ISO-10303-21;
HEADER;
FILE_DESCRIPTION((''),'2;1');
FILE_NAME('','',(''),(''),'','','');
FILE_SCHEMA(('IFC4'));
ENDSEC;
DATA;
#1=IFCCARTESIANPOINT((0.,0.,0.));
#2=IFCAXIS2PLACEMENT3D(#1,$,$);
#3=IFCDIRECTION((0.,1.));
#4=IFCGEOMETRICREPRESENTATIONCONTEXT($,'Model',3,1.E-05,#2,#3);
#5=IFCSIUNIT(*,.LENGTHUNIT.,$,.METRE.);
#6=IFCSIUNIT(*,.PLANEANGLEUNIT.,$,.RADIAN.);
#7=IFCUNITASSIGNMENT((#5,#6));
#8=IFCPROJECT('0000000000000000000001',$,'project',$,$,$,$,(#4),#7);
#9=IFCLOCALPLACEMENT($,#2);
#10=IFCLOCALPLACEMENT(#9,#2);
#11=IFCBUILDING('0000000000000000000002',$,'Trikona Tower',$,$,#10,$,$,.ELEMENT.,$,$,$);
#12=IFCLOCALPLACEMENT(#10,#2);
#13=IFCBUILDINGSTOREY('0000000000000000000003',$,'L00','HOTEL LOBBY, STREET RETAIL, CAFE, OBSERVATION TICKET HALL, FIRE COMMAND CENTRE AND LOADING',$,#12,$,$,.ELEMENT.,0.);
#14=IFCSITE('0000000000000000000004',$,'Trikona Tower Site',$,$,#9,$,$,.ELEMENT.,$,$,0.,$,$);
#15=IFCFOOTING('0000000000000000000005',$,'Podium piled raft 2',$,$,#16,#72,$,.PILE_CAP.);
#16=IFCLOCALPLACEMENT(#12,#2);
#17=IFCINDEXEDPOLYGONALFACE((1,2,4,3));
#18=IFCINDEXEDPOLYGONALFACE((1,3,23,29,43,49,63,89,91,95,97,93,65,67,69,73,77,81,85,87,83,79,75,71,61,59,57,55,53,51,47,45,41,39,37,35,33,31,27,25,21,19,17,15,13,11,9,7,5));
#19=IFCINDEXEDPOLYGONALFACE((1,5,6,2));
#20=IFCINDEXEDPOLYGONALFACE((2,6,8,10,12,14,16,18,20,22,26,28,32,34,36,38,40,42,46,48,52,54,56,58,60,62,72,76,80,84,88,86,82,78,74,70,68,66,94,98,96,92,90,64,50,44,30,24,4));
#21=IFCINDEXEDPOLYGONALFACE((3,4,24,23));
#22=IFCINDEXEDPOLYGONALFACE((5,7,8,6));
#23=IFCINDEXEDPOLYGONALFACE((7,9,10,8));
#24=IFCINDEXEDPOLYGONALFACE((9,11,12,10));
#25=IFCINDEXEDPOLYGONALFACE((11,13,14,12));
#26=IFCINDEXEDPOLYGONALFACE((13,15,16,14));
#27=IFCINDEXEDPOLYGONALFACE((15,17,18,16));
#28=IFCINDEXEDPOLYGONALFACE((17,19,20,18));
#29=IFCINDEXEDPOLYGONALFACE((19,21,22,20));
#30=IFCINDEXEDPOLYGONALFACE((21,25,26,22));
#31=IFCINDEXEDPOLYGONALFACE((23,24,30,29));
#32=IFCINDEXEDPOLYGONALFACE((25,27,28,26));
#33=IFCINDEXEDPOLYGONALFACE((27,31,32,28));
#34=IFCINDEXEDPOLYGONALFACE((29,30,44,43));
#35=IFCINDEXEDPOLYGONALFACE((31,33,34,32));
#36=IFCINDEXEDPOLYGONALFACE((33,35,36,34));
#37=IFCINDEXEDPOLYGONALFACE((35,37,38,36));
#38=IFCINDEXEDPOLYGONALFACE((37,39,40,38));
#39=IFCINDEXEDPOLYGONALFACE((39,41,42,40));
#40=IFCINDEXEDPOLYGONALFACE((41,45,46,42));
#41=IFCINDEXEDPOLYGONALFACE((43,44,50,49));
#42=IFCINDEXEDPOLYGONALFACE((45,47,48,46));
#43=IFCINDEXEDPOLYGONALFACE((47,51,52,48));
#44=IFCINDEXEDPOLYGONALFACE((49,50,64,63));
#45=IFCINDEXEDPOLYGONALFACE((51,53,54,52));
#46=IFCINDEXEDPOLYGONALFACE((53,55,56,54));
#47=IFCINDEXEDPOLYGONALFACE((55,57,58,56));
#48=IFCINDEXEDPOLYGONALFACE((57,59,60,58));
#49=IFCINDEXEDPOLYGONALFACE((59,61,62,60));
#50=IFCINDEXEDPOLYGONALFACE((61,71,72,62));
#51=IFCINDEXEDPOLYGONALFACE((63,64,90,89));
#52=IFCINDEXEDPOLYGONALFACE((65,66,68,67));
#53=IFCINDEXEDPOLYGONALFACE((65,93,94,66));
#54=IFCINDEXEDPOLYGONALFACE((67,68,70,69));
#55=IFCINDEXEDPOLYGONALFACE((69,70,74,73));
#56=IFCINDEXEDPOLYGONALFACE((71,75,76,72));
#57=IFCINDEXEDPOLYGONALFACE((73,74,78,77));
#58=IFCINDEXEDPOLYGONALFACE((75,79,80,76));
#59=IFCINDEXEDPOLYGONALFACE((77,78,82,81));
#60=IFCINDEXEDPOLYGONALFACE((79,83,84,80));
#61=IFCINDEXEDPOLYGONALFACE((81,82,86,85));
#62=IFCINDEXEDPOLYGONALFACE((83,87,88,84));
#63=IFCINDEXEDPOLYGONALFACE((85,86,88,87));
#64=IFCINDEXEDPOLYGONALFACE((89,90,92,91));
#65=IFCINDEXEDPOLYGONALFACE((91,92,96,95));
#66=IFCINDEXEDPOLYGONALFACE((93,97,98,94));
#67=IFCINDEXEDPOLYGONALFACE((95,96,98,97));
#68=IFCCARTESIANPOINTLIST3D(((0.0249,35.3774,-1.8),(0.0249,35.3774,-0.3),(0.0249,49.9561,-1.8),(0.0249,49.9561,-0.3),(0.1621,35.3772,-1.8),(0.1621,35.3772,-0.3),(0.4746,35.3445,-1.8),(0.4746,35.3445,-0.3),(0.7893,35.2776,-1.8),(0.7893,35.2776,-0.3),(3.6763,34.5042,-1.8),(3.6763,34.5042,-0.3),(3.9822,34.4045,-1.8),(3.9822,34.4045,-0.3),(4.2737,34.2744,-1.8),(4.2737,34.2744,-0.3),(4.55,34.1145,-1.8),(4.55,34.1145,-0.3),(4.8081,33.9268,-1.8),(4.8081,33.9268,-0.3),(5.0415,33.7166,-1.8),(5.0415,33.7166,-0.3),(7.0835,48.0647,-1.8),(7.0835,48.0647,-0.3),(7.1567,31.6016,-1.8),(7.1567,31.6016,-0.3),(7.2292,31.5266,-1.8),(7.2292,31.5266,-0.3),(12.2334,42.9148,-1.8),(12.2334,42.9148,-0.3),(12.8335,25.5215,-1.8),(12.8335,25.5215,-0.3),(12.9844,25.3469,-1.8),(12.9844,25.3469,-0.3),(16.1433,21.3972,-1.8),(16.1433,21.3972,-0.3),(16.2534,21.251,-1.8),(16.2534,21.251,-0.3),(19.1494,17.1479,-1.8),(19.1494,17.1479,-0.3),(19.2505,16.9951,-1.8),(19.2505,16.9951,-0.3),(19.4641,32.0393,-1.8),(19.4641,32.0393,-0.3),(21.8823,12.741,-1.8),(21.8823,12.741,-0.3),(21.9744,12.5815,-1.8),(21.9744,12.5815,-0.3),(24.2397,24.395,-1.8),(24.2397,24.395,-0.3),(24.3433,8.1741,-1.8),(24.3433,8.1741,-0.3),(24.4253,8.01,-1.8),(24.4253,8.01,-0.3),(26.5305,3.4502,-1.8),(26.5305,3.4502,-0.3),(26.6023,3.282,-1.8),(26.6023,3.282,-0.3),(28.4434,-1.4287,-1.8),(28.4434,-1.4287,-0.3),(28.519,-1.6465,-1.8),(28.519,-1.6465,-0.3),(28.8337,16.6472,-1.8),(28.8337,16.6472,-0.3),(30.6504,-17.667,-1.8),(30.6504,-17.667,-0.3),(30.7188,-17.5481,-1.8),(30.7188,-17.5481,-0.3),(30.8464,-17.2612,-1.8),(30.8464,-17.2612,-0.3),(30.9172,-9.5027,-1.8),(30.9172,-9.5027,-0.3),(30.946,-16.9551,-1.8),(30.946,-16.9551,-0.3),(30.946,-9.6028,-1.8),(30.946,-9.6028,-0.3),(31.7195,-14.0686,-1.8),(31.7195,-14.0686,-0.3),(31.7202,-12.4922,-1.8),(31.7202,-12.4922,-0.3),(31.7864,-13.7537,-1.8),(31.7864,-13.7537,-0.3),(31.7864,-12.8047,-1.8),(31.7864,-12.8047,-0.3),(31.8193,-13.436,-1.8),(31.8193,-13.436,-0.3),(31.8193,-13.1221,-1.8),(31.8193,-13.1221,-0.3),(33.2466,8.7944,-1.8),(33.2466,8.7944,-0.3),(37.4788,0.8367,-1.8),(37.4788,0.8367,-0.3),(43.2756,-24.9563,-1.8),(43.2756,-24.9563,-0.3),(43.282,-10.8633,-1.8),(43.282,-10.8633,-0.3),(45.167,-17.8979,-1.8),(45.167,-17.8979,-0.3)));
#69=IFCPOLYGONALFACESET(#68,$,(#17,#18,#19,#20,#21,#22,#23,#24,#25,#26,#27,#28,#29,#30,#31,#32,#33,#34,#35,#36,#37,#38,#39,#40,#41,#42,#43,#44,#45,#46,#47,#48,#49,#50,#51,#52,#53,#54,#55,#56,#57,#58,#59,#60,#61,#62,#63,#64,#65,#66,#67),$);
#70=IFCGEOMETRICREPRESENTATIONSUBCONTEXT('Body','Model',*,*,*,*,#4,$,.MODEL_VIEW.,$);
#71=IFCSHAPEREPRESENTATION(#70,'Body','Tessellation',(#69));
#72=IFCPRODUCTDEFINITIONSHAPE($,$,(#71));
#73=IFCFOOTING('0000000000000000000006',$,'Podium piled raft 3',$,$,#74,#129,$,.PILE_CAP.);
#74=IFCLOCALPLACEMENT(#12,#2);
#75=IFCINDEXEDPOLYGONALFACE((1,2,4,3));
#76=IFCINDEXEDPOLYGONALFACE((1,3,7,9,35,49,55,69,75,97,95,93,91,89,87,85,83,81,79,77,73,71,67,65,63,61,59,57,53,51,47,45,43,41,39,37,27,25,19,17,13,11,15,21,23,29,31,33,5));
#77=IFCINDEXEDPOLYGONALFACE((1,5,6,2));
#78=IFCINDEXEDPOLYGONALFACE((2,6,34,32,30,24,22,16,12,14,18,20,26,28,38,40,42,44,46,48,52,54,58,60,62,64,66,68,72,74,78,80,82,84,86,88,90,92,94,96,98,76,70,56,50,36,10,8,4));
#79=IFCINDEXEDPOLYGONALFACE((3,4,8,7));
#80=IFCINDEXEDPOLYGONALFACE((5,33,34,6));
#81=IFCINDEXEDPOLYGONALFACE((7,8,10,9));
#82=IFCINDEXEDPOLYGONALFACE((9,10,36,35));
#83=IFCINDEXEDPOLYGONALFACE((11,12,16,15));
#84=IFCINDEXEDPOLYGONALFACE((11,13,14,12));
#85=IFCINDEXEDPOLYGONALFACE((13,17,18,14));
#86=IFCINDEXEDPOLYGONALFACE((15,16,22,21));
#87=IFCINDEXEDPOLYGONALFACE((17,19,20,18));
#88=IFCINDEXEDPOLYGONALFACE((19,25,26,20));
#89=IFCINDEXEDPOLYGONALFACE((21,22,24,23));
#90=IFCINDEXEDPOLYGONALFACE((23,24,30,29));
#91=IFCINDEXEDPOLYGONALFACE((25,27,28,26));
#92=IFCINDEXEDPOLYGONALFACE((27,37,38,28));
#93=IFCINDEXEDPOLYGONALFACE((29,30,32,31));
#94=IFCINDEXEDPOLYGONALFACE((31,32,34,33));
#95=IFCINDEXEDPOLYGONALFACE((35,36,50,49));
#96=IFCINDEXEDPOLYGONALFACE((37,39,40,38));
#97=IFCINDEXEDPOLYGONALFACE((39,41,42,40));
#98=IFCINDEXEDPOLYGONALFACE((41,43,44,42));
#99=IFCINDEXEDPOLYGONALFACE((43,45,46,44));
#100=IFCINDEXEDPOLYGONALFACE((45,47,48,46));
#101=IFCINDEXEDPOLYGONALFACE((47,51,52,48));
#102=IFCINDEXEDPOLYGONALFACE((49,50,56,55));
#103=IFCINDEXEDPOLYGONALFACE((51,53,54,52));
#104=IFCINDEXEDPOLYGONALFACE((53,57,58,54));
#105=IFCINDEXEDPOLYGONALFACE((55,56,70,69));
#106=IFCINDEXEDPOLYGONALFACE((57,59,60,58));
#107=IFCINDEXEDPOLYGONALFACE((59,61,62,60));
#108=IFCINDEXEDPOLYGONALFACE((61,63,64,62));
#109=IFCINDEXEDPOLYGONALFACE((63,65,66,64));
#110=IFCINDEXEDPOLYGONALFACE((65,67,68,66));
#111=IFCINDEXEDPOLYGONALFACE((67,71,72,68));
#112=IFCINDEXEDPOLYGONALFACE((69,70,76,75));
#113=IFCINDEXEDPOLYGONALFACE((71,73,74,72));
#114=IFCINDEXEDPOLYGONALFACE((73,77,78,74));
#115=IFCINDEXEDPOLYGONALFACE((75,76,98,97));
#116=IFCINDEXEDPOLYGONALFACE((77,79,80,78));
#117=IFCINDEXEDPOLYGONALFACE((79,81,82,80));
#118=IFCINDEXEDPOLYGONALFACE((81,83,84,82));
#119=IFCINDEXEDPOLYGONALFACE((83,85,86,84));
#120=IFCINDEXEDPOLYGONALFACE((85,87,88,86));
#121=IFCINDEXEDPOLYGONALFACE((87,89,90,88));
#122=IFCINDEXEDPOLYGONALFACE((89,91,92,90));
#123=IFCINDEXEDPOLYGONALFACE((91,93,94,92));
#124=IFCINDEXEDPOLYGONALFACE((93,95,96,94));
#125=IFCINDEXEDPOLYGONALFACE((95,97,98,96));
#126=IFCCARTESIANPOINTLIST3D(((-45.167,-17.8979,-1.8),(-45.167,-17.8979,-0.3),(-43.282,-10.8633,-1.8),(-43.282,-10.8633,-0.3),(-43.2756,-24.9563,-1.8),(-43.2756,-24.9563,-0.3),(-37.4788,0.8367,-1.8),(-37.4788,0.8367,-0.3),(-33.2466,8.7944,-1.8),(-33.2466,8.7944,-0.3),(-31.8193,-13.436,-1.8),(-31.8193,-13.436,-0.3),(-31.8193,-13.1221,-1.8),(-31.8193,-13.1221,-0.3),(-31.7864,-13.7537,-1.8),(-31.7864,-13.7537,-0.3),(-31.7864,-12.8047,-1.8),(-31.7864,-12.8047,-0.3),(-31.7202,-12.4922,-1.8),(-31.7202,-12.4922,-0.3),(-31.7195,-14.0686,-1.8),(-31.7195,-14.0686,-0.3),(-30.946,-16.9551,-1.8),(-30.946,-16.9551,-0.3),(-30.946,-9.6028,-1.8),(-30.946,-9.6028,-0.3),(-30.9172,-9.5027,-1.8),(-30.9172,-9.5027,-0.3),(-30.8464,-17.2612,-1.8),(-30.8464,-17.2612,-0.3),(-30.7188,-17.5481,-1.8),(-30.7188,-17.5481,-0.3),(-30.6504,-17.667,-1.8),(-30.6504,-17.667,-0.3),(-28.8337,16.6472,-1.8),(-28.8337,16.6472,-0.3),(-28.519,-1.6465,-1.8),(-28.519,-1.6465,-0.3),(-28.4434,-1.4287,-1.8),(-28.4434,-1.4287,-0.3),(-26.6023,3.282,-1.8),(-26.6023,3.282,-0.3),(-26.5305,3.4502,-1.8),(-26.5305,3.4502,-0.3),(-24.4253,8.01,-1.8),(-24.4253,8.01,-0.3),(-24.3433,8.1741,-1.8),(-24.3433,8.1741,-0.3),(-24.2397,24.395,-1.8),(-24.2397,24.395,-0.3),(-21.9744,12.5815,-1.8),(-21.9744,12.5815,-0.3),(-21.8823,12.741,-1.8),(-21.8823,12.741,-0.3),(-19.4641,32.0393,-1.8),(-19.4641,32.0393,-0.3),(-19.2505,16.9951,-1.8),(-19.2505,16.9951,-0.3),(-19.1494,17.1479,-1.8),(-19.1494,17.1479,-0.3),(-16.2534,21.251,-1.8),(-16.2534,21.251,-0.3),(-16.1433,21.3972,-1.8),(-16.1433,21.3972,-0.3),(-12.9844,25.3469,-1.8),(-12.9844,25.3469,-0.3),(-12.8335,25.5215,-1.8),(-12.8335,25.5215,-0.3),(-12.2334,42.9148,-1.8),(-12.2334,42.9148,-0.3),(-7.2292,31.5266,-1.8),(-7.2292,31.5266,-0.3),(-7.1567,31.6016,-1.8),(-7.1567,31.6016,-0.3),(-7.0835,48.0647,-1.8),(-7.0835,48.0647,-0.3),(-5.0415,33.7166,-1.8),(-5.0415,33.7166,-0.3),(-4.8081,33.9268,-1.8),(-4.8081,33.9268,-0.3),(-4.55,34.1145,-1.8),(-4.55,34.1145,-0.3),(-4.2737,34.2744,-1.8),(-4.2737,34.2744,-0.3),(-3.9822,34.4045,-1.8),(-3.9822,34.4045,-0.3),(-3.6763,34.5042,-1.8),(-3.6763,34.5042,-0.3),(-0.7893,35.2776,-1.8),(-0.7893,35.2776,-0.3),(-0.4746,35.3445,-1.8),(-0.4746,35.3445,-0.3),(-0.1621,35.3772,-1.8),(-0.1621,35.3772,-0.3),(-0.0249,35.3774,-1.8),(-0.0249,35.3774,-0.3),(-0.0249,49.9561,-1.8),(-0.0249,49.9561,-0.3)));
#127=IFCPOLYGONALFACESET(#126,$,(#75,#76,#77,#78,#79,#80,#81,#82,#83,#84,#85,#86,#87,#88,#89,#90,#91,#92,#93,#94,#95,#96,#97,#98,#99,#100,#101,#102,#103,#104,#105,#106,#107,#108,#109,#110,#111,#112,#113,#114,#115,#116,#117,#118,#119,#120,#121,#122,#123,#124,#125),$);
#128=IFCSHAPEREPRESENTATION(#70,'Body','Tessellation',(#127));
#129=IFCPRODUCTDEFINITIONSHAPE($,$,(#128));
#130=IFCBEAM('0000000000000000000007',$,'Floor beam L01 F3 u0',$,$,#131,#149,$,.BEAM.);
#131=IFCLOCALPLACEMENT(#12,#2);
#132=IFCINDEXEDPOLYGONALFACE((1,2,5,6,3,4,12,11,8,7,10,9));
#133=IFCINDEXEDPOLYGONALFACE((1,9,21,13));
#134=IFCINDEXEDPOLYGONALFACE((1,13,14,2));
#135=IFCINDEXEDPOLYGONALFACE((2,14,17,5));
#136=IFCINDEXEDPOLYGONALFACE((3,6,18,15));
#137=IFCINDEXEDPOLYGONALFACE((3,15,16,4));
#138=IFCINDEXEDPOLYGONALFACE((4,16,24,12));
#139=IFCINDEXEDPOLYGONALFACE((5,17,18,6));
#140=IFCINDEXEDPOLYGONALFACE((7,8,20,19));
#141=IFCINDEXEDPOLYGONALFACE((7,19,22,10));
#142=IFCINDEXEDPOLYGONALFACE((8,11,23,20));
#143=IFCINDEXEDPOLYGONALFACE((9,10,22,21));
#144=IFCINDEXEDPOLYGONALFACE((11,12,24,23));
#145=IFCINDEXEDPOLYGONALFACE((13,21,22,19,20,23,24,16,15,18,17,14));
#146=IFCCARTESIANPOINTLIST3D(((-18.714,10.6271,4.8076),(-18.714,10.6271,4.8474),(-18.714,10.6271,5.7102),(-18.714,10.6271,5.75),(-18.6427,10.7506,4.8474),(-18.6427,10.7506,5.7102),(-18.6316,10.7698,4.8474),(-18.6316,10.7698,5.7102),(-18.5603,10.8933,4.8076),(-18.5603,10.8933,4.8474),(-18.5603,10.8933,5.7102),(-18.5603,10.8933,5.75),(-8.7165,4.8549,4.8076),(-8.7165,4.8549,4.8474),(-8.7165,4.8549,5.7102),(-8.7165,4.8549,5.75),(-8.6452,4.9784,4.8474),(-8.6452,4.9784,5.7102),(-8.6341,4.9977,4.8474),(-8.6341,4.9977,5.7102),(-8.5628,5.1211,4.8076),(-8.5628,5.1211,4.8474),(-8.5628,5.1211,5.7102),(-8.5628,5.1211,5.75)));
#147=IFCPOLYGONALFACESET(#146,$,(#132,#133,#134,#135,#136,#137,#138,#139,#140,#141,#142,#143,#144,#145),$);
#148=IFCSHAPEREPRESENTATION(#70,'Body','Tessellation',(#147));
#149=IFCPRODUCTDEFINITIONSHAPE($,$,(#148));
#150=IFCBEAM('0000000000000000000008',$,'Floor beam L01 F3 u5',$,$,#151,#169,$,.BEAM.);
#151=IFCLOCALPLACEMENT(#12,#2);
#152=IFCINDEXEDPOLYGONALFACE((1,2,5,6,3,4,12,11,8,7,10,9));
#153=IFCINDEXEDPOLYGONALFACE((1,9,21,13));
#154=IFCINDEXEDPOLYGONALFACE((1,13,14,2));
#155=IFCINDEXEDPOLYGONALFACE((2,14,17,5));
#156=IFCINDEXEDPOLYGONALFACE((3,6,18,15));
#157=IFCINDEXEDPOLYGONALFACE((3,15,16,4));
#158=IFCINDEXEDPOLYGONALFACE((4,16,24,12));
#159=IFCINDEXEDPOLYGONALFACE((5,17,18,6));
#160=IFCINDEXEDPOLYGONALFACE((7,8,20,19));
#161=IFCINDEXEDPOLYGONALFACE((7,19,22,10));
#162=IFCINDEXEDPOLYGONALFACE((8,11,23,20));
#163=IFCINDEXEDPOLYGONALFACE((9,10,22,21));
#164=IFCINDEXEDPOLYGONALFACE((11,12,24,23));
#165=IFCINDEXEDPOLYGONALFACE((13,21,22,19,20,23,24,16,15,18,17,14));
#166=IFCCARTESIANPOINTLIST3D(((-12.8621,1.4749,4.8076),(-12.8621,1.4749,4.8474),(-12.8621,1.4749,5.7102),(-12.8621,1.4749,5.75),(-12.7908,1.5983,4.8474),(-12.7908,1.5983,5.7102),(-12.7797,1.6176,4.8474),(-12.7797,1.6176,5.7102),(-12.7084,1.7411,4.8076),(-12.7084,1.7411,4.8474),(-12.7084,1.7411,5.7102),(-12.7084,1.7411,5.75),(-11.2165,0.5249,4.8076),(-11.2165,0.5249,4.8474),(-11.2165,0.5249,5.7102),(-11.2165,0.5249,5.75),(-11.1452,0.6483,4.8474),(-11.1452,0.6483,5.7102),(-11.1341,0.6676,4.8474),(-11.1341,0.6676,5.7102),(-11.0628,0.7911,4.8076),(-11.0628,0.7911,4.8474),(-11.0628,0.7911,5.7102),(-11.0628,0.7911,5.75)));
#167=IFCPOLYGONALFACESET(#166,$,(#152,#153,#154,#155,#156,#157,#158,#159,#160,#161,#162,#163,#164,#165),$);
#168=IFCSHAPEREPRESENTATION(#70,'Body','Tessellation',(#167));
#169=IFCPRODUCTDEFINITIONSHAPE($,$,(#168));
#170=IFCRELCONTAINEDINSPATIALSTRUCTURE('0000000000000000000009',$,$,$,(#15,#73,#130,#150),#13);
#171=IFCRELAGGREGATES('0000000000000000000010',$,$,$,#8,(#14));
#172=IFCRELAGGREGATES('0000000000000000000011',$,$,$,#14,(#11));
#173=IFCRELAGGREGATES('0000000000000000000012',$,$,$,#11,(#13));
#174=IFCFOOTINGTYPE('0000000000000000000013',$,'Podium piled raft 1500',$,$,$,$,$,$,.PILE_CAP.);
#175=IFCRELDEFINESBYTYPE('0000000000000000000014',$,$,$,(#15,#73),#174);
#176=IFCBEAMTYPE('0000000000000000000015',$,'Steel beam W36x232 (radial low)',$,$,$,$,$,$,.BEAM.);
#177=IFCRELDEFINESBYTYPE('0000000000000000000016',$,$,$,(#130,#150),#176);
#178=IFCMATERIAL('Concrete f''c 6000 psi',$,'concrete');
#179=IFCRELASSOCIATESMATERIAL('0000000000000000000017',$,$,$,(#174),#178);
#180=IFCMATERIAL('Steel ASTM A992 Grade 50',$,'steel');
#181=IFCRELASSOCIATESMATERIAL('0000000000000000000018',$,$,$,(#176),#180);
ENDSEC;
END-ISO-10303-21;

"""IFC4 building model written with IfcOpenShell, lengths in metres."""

from ifc_helpers import new_model, si_unit, direction, frame, origin, origin_2d, place, context, subcontext, project, spatial, polyline, i_section, outline, extrude, material, material_profile, profile_set, type_object, element, save


model = new_model("IFC4")

# Units and contexts
model_context = context("Model", 3, precision=1e-05, world=origin(), true_north=direction((0.0, 1.0)))
body_context = subcontext(model_context, "Body", "Model", "MODEL_VIEW")
ifc_project = project(units=[si_unit("LENGTHUNIT", "METRE"), si_unit("PLANEANGLEUNIT", "RADIAN")], contexts=[model_context])

# Site, building, storey
site_placement = place(None, origin())
site = spatial("IfcSite", under=ifc_project, at=site_placement, Name="Trikona Tower Site", CompositionType="ELEMENT", RefElevation=0.0)
building_placement = place(site_placement, origin())
building = spatial("IfcBuilding", under=site, at=building_placement, Name="Trikona Tower", CompositionType="ELEMENT")
storey_placement = place(building_placement, origin())
storey = spatial("IfcBuildingStorey", under=building, at=storey_placement, Name="L00", Description="HOTEL LOBBY, STREET RETAIL, CAFE, OBSERVATION TICKET HALL, FIRE COMMAND CENTRE AND LOADING", CompositionType="ELEMENT", Elevation=0.0)

# Footings
ifc_material_1 = material(Name="Concrete f'c 6000 psi", Category="concrete")
footing_type_1 = type_object("IfcFootingType", Name="Podium piled raft 1500", PredefinedType="PILE_CAP", material=ifc_material_1)
footing_1_placement = place(storey_placement, frame((0.0, 0.0, -1.8)))
element("IfcFooting", 1, at=footing_1_placement, inside=storey, type_object=footing_type_1, Name="Podium piled raft 2", PredefinedType="PILE_CAP", context=body_context, shape_type="SweptSolid", body=[
    extrude(outline(polyline([(7.0835, 48.0647), (0.0249, 49.9561), (0.0249, 35.3774), (0.1621, 35.3772), (0.4746, 35.3445), (0.7893, 35.2776), (3.6763, 34.5042), (3.9822, 34.4045), (4.2737, 34.2744), (4.55, 34.1145), (4.8081, 33.9268), (5.0415, 33.7166), (7.1567, 31.6016), (7.2292, 31.5266), (12.8335, 25.5215), (12.9844, 25.3469), (16.1433, 21.3972), (16.2534, 21.251), (19.1494, 17.1479), (19.2505, 16.9951), (21.8823, 12.741), (21.9744, 12.5815), (24.3433, 8.1741), (24.4253, 8.01), (26.5305, 3.4502), (26.6023, 3.282), (28.4434, -1.4287), (28.519, -1.6465), (30.9172, -9.5027), (30.946, -9.6028), (31.7202, -12.4922), (31.7864, -12.8047), (31.8193, -13.1221), (31.8193, -13.436), (31.7864, -13.7537), (31.7195, -14.0686), (30.946, -16.9551), (30.8464, -17.2612), (30.7188, -17.5481), (30.6504, -17.667), (43.2756, -24.9563), (45.167, -17.8979), (43.282, -10.8633), (37.4788, 0.8367), (33.2466, 8.7944), (28.8337, 16.6472), (24.2397, 24.395), (19.4641, 32.0393), (12.2334, 42.9148), (7.0835, 48.0647)])), origin(), (0.0, 0.0, 1.0), 1.5),
])
footing_2_placement = place(storey_placement, frame((0.0, 0.0, -1.8)))
element("IfcFooting", 2, at=footing_2_placement, inside=storey, type_object=footing_type_1, Name="Podium piled raft 3", PredefinedType="PILE_CAP", context=body_context, shape_type="SweptSolid", body=[
    extrude(outline(polyline([(-45.167, -17.8979), (-43.2756, -24.9563), (-30.6504, -17.667), (-30.7188, -17.5481), (-30.8464, -17.2612), (-30.946, -16.9551), (-31.7195, -14.0686), (-31.7864, -13.7537), (-31.8193, -13.436), (-31.8193, -13.1221), (-31.7864, -12.8047), (-31.7202, -12.4922), (-30.946, -9.6028), (-30.9172, -9.5027), (-28.519, -1.6465), (-28.4434, -1.4287), (-26.6023, 3.282), (-26.5305, 3.4502), (-24.4253, 8.01), (-24.3433, 8.1741), (-21.9744, 12.5815), (-21.8823, 12.741), (-19.2505, 16.9951), (-19.1494, 17.1479), (-16.2534, 21.251), (-16.1433, 21.3972), (-12.9844, 25.3469), (-12.8335, 25.5215), (-7.2292, 31.5266), (-7.1567, 31.6016), (-5.0415, 33.7166), (-4.8081, 33.9268), (-4.55, 34.1145), (-4.2737, 34.2744), (-3.9822, 34.4045), (-3.6763, 34.5042), (-0.7893, 35.2776), (-0.4746, 35.3445), (-0.1621, 35.3772), (-0.0249, 35.3774), (-0.0249, 49.9561), (-7.0835, 48.0647), (-12.2334, 42.9148), (-19.4641, 32.0393), (-24.2397, 24.395), (-28.8337, 16.6472), (-33.2466, 8.7944), (-37.4788, 0.8367), (-43.282, -10.8633), (-45.167, -17.8979)])), origin(), (0.0, 0.0, 1.0), 1.5),
])

# Beams
ifc_material_2 = material(Name="Steel ASTM A992 Grade 50", Category="steel")
ifc_material_profile = material_profile(ifc_material_2, i_section(OverallWidth=0.3074, OverallDepth=0.9424, WebThickness=0.0222, FlangeThickness=0.0398, at=origin_2d()), Name="W36X232")
ifc_profile_set = profile_set([ifc_material_profile], Name="Steel ASTM A992 Grade 50")
beam_type = type_object("IfcBeamType", Name="Steel beam W36x232 (radial low)", PredefinedType="BEAM", material=ifc_profile_set)
beam_1_placement = place(storey_placement, frame((-8.6396, 4.988, 5.2788), z_axis=(-0.866021, 0.500008, 0.0), x_axis=(-0.500008, -0.866021, 0.0)))
element("IfcBeam", 3, at=beam_1_placement, inside=storey, type_object=beam_type, Name="Floor beam L01 F3 u0", PredefinedType="BEAM", context=body_context, shape_type="SweptSolid", body=[
    extrude(i_section(OverallWidth=0.3074, OverallDepth=0.9424, WebThickness=0.0222, FlangeThickness=0.0398, at=origin_2d()), origin(), (0.0, 0.0, 1.0), 11.5442),
])
beam_2_placement = place(storey_placement, frame((-11.1396, 0.658, 5.2788), z_axis=(-0.866044, 0.499967, 0.0), x_axis=(-0.499967, -0.866044, 0.0)))
element("IfcBeam", 4, at=beam_2_placement, inside=storey, type_object=beam_type, Name="Floor beam L01 F3 u5", PredefinedType="BEAM", context=body_context, shape_type="SweptSolid", body=[
    extrude(i_section(OverallWidth=0.3074, OverallDepth=0.9424, WebThickness=0.0222, FlangeThickness=0.0398, at=origin_2d()), origin(), (0.0, 0.0, 1.0), 1.9001),
])

save(model, "model.ifc")
